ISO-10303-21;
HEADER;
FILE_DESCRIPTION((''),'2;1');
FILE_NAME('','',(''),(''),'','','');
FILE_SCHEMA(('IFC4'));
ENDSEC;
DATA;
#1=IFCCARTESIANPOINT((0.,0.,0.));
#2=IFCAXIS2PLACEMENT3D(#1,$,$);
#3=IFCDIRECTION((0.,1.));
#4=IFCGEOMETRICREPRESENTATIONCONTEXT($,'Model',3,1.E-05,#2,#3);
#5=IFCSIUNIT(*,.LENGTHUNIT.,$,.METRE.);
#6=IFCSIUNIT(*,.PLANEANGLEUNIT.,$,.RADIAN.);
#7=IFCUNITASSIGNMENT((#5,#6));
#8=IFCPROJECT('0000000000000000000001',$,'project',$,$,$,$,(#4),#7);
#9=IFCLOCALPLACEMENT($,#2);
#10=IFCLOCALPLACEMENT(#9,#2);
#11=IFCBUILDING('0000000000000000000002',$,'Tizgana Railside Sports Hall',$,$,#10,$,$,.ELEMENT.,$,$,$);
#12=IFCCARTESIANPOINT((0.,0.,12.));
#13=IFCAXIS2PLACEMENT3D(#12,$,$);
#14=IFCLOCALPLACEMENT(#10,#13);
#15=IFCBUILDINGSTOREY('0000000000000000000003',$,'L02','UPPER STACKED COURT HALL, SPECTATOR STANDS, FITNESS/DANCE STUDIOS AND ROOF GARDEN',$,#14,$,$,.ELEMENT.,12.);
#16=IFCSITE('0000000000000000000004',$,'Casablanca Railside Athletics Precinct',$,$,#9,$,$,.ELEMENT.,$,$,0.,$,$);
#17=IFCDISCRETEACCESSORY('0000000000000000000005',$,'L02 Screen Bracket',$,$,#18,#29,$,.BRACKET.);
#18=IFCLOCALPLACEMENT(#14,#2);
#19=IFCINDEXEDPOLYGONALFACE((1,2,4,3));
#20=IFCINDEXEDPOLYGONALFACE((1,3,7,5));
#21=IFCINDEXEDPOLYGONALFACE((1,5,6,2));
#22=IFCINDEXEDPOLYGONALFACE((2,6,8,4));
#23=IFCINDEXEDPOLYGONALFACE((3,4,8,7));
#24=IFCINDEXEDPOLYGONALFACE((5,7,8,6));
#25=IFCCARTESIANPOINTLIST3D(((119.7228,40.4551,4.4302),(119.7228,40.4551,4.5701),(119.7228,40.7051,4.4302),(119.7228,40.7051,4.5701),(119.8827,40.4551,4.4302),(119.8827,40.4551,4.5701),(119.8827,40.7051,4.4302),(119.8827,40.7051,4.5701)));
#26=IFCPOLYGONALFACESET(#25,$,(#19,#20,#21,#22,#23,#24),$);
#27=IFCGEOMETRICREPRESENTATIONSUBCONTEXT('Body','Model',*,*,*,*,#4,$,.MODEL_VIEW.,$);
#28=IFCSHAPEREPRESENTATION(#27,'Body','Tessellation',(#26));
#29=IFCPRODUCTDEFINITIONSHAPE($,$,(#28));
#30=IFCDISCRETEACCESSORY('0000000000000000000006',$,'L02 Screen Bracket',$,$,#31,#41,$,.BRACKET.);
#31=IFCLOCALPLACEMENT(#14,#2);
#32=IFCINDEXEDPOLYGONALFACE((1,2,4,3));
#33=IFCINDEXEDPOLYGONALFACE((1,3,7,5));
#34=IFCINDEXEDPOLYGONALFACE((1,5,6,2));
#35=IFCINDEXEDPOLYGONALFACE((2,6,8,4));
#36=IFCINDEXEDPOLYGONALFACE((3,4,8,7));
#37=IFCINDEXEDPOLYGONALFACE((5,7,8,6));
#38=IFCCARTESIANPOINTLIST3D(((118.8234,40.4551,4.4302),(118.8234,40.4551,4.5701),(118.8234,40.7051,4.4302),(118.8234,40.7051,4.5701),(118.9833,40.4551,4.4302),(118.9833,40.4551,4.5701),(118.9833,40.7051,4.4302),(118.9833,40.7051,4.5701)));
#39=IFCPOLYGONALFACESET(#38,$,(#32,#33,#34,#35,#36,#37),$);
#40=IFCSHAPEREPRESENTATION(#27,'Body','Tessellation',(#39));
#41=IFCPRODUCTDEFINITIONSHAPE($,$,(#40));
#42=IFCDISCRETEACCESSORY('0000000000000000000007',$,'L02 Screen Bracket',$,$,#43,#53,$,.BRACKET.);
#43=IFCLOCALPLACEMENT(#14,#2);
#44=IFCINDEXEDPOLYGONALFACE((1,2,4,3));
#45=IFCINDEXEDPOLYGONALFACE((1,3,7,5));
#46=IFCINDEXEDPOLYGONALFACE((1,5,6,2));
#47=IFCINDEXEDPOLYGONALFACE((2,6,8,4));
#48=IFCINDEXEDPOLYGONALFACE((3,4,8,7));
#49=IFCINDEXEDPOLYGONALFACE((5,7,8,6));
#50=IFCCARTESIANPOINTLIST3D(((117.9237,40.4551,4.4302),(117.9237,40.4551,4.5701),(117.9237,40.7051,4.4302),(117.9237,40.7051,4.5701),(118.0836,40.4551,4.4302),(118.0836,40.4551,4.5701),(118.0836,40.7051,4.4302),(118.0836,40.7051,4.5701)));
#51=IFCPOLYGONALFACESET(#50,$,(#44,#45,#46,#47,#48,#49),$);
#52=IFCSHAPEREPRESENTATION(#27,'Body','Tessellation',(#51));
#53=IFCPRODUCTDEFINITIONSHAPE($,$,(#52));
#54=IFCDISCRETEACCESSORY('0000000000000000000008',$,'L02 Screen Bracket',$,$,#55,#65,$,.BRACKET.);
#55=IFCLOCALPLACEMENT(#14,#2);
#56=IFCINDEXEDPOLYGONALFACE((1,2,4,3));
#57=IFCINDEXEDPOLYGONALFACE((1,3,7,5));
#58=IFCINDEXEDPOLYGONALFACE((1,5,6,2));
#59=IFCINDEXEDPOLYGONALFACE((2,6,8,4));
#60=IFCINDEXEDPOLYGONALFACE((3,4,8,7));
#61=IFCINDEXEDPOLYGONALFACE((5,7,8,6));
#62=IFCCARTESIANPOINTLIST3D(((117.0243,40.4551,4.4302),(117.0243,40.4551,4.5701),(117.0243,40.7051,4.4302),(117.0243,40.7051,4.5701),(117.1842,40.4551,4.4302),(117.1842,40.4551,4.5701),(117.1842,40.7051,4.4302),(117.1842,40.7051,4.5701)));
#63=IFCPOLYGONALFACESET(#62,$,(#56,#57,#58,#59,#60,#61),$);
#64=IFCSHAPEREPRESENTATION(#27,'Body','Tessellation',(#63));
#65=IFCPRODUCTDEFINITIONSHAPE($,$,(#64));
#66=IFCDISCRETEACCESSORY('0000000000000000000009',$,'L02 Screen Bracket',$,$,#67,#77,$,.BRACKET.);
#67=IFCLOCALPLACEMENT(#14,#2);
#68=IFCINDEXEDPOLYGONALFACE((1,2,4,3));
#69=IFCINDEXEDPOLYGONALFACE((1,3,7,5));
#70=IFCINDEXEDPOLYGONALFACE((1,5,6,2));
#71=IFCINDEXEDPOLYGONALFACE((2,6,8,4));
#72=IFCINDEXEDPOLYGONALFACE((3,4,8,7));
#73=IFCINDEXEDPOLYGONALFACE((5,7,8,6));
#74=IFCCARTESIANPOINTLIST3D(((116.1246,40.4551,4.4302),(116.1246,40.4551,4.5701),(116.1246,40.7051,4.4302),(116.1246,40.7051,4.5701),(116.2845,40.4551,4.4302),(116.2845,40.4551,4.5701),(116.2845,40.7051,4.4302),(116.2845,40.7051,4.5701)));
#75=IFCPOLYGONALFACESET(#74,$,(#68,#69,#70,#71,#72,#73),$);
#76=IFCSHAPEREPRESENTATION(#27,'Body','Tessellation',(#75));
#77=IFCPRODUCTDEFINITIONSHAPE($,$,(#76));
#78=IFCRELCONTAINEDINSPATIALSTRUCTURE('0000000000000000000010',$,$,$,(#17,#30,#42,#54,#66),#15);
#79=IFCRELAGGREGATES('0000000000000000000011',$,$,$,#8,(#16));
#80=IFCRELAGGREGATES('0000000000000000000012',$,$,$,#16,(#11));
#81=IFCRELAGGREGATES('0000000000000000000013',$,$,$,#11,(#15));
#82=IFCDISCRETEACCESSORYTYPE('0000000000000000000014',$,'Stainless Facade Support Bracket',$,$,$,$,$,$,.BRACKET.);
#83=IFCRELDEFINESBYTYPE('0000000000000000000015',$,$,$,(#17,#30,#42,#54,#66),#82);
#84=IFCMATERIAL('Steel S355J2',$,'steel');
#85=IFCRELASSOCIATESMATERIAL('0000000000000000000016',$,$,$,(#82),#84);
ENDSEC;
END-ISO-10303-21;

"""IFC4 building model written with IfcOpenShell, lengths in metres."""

from ifc_helpers import new_model, si_unit, direction, frame, origin, origin_2d, place, context, subcontext, project, spatial, rectangle, extrude, material, type_object, element, save


model = new_model("IFC4")

# Units and contexts
model_context = context("Model", 3, precision=1e-05, world=origin(), true_north=direction((0.0, 1.0)))
body_context = subcontext(model_context, "Body", "Model", "MODEL_VIEW")
ifc_project = project(units=[si_unit("LENGTHUNIT", "METRE"), si_unit("PLANEANGLEUNIT", "RADIAN")], contexts=[model_context])

# Site, building, storey
site_placement = place(None, origin())
site = spatial("IfcSite", under=ifc_project, at=site_placement, Name="Casablanca Railside Athletics Precinct", CompositionType="ELEMENT", RefElevation=0.0)
building_placement = place(site_placement, origin())
building = spatial("IfcBuilding", under=site, at=building_placement, Name="Tizgana Railside Sports Hall", CompositionType="ELEMENT")
storey_placement = place(building_placement, frame((0.0, 0.0, 12.0)))
storey = spatial("IfcBuildingStorey", under=building, at=storey_placement, Name="L02", Description="UPPER STACKED COURT HALL, SPECTATOR STANDS, FITNESS/DANCE STUDIOS AND ROOF GARDEN", CompositionType="ELEMENT", Elevation=12.0)

# Discrete accessories
ifc_material_1 = material(Name="Steel S355J2", Category="steel")
discrete_accessory_type = type_object("IfcDiscreteAccessoryType", Name="Stainless Facade Support Bracket", PredefinedType="BRACKET", material=ifc_material_1)
for number, where, z_axis, x_axis, name in (
    (1, (119.8027, 40.5801, 4.4302), (0.0, 0.0, 1.0), (-1.0, 0.0, 0.0), "L02 Screen Bracket"),
    (2, (118.9033, 40.5801, 4.4302), (0.0, 0.0, 1.0), (-1.0, 0.0, 0.0), "L02 Screen Bracket"),
    (3, (118.0037, 40.5801, 4.4302), (0.0, 0.0, 1.0), (-1.0, 0.0, 0.0), "L02 Screen Bracket"),
    (4, (117.1042, 40.5801, 4.4302), (0.0, 0.0, 1.0), (-1.0, 0.0, 0.0), "L02 Screen Bracket"),
    (5, (116.2046, 40.5801, 4.4302), (0.0, 0.0, 1.0), (-1.0, 0.0, 0.0), "L02 Screen Bracket"),
):
    element("IfcDiscreteAccessory", number, at=place(storey_placement, frame(where, z_axis=z_axis, x_axis=x_axis)), inside=storey, type_object=discrete_accessory_type, Name=name, PredefinedType="BRACKET", context=body_context, shape_type="SweptSolid", body=[
        extrude(rectangle(XDim=0.1599, YDim=0.25, at=origin_2d()), origin(), (0.0, 0.0, 1.0), 0.1399),
    ])

save(model, "model.ifc")
